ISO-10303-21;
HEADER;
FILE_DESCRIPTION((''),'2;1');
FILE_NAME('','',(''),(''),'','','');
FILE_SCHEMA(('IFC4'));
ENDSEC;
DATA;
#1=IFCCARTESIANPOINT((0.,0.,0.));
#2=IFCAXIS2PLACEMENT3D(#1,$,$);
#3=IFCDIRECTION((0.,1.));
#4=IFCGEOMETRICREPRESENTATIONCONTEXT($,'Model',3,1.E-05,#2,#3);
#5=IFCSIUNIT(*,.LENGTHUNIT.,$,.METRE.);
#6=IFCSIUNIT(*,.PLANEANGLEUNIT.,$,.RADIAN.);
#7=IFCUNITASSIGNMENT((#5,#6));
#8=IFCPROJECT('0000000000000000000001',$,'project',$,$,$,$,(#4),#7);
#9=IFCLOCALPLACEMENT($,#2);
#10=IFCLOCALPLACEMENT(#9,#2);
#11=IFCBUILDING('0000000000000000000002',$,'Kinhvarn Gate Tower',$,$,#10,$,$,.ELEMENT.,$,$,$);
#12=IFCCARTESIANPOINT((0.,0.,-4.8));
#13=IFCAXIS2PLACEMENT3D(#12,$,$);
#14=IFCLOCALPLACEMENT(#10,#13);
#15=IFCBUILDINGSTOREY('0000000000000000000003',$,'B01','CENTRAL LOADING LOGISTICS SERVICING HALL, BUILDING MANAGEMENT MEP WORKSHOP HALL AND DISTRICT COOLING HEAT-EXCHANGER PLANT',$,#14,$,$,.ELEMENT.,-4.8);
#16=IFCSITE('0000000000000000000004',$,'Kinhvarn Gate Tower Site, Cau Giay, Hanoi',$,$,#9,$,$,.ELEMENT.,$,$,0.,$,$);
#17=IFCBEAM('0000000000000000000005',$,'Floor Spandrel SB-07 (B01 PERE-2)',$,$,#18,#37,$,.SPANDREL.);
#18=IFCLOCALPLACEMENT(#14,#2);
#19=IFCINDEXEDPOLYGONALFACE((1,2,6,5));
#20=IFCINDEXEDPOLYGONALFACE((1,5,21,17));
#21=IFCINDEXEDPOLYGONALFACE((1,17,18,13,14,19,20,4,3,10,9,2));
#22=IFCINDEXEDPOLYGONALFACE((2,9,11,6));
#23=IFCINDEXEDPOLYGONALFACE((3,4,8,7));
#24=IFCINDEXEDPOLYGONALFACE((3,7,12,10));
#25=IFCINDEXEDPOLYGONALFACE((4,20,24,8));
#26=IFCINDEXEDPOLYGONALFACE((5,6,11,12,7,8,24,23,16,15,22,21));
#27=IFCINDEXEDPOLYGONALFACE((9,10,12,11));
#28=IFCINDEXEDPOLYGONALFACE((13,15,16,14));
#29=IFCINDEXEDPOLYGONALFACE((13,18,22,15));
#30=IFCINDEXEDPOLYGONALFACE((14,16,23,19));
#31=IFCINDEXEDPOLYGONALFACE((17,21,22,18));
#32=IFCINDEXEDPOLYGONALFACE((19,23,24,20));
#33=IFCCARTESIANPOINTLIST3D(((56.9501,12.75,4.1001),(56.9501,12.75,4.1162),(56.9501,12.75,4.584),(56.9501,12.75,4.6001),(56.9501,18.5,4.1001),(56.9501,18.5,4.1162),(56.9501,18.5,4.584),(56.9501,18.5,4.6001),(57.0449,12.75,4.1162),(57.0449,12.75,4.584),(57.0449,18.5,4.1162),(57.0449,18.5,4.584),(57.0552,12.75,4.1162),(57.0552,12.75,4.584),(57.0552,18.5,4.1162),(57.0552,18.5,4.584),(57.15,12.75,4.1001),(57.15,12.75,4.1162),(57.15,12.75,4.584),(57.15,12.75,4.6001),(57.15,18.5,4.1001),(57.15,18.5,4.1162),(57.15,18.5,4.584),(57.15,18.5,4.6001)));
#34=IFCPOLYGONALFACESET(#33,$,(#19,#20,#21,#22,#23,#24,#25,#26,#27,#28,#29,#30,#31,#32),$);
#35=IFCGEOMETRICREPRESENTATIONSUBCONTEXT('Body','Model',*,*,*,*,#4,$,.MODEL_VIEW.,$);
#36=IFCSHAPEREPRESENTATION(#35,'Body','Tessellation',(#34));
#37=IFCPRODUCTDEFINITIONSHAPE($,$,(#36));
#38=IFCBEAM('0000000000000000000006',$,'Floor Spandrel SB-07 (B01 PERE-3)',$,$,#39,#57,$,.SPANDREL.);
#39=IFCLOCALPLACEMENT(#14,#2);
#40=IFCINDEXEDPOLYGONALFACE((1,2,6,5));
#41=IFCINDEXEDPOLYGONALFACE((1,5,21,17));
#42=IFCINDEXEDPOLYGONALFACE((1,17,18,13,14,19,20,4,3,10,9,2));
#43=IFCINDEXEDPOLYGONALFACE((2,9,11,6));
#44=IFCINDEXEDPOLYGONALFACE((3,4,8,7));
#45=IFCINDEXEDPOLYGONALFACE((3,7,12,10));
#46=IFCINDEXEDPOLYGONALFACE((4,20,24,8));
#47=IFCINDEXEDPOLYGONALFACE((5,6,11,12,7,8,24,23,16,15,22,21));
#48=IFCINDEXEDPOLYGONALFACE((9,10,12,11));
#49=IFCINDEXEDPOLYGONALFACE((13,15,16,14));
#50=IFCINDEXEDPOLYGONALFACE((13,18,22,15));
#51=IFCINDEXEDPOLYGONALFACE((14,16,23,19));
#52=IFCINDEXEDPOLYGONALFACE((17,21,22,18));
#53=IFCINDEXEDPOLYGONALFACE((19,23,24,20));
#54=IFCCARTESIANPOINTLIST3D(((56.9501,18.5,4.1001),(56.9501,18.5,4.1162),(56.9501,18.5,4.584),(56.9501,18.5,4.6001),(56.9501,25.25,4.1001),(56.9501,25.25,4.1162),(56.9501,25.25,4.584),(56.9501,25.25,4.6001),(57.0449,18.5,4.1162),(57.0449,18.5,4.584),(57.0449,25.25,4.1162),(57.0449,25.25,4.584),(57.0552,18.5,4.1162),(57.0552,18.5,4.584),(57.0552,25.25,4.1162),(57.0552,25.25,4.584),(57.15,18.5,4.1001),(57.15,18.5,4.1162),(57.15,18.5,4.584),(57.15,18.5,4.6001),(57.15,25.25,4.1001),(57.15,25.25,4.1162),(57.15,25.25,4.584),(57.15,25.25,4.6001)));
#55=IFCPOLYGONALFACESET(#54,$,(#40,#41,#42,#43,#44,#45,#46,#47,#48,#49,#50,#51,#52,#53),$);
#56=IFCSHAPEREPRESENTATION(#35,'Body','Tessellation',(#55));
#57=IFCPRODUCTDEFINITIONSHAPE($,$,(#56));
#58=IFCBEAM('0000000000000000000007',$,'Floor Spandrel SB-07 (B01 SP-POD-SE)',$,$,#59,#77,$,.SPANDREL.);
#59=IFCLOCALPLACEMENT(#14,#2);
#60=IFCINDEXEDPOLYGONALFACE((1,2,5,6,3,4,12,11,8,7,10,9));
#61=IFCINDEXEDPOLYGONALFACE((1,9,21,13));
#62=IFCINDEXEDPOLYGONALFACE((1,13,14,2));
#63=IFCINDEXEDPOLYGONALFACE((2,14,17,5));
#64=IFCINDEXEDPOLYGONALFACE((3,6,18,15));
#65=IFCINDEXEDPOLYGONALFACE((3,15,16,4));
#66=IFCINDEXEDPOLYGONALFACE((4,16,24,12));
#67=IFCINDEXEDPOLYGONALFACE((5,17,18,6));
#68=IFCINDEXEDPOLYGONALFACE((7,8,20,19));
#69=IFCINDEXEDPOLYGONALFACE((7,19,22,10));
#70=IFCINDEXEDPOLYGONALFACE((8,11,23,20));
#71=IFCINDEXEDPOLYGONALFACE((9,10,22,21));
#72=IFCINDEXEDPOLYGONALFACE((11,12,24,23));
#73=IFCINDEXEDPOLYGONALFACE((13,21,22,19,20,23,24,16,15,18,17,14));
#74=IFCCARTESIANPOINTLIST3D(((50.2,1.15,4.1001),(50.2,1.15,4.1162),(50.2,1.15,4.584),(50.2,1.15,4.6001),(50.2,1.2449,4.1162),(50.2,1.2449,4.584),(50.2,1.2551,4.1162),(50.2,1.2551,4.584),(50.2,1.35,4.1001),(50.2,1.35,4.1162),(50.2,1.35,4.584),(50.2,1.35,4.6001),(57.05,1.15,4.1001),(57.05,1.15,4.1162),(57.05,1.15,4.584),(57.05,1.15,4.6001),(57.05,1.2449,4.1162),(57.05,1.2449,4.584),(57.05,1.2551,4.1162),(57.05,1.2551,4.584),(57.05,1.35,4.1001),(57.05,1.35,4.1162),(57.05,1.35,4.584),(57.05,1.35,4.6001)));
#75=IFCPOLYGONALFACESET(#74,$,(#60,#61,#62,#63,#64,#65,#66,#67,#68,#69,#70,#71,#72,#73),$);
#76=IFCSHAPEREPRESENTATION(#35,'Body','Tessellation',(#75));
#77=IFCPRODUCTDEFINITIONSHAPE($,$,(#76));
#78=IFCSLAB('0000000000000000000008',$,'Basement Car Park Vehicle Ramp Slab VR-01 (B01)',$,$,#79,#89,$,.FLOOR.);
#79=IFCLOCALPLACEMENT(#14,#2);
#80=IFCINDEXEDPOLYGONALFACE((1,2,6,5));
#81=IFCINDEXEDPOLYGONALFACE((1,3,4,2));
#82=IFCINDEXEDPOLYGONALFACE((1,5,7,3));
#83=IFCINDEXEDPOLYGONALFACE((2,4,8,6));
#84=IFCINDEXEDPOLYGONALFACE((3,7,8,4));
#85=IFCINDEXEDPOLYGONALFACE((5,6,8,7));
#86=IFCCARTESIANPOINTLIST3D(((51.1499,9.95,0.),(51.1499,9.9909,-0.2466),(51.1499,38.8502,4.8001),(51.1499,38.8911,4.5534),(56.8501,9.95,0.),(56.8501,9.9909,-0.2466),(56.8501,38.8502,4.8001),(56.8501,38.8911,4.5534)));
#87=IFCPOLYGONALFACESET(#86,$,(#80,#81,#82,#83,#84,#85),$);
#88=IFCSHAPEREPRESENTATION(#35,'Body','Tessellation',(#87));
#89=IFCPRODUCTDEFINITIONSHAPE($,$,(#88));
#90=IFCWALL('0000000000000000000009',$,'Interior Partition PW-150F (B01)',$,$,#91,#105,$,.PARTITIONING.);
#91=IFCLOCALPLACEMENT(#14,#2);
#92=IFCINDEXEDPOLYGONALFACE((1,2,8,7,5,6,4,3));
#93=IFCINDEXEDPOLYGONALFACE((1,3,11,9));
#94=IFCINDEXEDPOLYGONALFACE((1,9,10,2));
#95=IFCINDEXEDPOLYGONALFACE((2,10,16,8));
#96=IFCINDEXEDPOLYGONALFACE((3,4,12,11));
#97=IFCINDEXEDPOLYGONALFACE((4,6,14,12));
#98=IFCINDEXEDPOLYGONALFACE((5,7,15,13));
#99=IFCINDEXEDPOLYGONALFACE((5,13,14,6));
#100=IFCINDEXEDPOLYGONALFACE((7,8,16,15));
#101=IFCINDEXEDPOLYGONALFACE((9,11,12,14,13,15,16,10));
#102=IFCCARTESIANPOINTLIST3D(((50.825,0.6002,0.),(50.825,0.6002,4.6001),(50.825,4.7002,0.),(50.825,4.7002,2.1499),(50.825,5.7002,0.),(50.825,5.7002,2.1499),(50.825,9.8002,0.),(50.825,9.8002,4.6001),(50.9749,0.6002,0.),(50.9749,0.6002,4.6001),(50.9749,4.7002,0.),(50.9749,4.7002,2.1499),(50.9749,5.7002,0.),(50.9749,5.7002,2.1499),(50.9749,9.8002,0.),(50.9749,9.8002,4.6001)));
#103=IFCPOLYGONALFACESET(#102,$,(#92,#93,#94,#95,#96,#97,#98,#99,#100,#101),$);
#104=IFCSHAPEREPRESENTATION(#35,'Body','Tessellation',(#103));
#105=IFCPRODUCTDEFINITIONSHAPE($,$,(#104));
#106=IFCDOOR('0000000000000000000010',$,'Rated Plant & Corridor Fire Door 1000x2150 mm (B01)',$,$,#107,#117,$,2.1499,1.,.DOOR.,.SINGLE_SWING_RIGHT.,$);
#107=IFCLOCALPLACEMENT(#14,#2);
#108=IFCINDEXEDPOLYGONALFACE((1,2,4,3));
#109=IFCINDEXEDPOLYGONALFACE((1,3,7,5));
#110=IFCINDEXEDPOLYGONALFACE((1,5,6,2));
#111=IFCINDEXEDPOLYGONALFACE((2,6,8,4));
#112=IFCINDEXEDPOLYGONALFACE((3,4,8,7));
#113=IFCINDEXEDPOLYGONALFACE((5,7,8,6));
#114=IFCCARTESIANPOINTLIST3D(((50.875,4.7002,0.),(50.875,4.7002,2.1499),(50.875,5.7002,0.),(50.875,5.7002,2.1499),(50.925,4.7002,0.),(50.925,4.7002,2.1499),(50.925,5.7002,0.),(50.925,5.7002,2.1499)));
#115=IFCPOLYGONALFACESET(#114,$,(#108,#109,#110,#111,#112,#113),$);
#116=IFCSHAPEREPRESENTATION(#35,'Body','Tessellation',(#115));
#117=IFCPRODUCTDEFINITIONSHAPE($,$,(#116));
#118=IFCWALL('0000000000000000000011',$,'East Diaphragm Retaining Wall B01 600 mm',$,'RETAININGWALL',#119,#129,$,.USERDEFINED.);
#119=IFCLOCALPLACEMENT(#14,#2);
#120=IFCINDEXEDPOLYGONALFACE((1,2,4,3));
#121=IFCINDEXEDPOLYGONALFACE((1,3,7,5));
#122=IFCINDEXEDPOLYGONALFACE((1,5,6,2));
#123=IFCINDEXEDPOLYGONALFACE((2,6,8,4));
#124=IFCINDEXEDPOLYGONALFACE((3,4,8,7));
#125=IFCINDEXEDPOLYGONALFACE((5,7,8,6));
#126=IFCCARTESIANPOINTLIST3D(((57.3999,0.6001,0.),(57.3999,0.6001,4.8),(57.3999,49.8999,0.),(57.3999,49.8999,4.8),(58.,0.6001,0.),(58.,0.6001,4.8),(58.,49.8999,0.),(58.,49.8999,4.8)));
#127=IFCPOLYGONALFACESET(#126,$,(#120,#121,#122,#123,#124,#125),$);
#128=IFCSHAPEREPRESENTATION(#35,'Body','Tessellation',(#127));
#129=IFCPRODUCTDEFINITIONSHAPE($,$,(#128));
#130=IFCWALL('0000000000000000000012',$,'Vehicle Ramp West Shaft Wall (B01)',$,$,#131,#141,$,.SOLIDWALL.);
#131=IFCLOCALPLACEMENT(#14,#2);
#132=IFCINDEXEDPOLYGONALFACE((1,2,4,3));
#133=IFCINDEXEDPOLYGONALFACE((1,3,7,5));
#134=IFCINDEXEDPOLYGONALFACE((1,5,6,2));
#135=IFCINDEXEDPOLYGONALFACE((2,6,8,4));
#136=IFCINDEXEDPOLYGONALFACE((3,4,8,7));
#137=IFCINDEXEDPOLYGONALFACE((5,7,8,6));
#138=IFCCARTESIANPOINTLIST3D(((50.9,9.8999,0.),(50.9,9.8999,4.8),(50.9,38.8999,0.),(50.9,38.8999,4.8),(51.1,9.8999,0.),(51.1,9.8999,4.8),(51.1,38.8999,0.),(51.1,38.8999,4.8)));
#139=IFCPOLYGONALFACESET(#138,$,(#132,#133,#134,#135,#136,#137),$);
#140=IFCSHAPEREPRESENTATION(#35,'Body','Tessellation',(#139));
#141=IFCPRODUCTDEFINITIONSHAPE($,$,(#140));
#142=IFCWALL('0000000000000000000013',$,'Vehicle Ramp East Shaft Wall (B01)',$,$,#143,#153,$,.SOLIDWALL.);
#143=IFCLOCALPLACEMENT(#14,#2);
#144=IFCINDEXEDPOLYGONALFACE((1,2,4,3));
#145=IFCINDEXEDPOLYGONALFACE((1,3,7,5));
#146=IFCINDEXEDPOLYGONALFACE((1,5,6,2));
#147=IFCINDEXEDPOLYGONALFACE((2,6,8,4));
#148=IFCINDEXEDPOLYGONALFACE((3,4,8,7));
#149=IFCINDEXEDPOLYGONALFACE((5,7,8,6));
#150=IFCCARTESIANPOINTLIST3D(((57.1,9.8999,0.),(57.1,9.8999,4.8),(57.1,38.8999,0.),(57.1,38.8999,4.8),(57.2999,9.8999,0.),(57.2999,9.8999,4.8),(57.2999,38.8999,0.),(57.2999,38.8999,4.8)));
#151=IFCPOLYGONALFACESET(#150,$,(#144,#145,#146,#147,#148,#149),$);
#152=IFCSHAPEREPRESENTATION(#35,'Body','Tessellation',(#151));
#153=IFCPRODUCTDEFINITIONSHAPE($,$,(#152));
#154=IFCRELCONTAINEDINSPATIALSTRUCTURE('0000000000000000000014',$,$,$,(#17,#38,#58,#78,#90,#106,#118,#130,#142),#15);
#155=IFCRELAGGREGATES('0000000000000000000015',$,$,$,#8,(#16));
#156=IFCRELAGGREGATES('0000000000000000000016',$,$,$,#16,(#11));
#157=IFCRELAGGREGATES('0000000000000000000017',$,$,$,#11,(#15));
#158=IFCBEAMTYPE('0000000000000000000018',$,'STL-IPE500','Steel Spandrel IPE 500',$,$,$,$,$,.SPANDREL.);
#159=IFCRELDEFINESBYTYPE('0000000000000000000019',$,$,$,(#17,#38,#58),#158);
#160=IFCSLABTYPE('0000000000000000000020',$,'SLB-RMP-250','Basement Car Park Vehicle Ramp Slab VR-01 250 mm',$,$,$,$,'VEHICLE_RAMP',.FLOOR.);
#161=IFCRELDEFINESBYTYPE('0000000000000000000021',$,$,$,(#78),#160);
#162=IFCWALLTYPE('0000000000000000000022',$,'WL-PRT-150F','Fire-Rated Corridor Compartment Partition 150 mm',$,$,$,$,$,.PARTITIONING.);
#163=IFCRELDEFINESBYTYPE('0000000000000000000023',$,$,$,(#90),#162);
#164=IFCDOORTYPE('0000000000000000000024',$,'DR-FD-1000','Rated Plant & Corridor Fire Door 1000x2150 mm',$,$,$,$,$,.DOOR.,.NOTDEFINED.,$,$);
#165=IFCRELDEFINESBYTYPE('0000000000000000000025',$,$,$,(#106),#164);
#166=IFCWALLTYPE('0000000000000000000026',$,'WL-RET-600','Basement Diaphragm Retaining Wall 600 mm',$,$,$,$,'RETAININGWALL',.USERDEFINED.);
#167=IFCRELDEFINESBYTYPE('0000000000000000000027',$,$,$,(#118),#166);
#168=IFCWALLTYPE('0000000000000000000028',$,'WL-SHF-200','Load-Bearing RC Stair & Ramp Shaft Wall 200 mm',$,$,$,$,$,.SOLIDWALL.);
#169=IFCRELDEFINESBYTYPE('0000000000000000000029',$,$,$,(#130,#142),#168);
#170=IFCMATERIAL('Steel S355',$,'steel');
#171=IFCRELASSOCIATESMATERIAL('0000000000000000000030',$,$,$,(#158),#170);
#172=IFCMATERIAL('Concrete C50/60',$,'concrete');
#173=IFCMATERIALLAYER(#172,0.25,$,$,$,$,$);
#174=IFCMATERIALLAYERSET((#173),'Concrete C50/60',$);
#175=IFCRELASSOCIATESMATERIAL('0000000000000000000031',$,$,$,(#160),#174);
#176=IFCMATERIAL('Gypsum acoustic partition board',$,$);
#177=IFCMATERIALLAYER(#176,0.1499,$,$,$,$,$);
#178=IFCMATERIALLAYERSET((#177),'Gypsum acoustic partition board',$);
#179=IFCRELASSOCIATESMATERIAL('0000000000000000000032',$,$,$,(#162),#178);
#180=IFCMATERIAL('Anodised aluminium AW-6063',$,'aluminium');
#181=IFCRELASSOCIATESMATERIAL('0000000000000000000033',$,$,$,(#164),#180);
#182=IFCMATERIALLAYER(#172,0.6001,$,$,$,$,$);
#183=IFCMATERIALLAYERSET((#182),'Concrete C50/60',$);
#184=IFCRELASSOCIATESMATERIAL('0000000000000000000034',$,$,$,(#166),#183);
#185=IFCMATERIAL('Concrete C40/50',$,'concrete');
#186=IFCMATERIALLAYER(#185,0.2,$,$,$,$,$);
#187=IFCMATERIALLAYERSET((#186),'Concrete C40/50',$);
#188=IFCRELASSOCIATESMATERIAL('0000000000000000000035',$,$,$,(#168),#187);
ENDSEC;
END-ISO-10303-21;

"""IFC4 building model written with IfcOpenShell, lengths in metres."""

from ifc_helpers import new_model, si_unit, direction, frame, frame_2d, origin, origin_2d, place, context, subcontext, project, spatial, polyline, rectangle, i_section, outline, extrude, material, layer, layer_set, material_profile, profile_set, type_object, element, fill, save


model = new_model("IFC4")

# Units and contexts
model_context = context("Model", 3, precision=1e-05, world=origin(), true_north=direction((0.0, 1.0)))
body_context = subcontext(model_context, "Body", "Model", "MODEL_VIEW")
ifc_project = project(units=[si_unit("LENGTHUNIT", "METRE"), si_unit("PLANEANGLEUNIT", "RADIAN")], contexts=[model_context])

# Site, building, storey
site_placement = place(None, origin())
site = spatial("IfcSite", under=ifc_project, at=site_placement, Name="Kinhvarn Gate Tower Site, Cau Giay, Hanoi", CompositionType="ELEMENT", RefElevation=0.0)
building_placement = place(site_placement, origin())
building = spatial("IfcBuilding", under=site, at=building_placement, Name="Kinhvarn Gate Tower", CompositionType="ELEMENT")
storey_placement = place(building_placement, frame((0.0, 0.0, -4.8)))
storey = spatial("IfcBuildingStorey", under=building, at=storey_placement, Name="B01", Description="CENTRAL LOADING LOGISTICS SERVICING HALL, BUILDING MANAGEMENT MEP WORKSHOP HALL AND DISTRICT COOLING HEAT-EXCHANGER PLANT", CompositionType="ELEMENT", Elevation=-4.8)

# Beams
ifc_material_1 = material(Name="Steel S355", Category="steel")
ifc_material_profile_1 = material_profile(ifc_material_1, i_section(OverallWidth=0.2, OverallDepth=0.5, WebThickness=0.0103, FlangeThickness=0.0161, at=origin_2d()), Name="IPE 500")
ifc_profile_set_1 = profile_set([ifc_material_profile_1], Name="Steel S355")
beam_type_1 = type_object("IfcBeamType", Name="STL-IPE500", Description="Steel Spandrel IPE 500", PredefinedType="SPANDREL", material=ifc_profile_set_1)
beam_1_placement = place(storey_placement, frame((57.05, 12.75, 4.3501), z_axis=(0.0, 1.0, 0.0), x_axis=(-1.0, 0.0, 0.0)))
element("IfcBeam", 1, at=beam_1_placement, inside=storey, type_object=beam_type_1, Name="Floor Spandrel SB-07 (B01 PERE-2)", PredefinedType="SPANDREL", context=body_context, shape_type="SweptSolid", body=[
    extrude(i_section(OverallWidth=0.2, OverallDepth=0.5, WebThickness=0.0103, FlangeThickness=0.0161, at=origin_2d()), origin(), (0.0, 0.0, 1.0), 5.75),
])
beam_2_placement = place(storey_placement, frame((57.05, 18.5, 4.3501), z_axis=(0.0, 1.0, 0.0), x_axis=(-1.0, 0.0, 0.0)))
element("IfcBeam", 2, at=beam_2_placement, inside=storey, type_object=beam_type_1, Name="Floor Spandrel SB-07 (B01 PERE-3)", PredefinedType="SPANDREL", context=body_context, shape_type="SweptSolid", body=[
    extrude(i_section(OverallWidth=0.2, OverallDepth=0.5, WebThickness=0.0103, FlangeThickness=0.0161, at=origin_2d()), origin(), (0.0, 0.0, 1.0), 6.75),
])
beam_3_placement = place(storey_placement, frame((50.2, 1.25, 4.3501), z_axis=(1.0, 0.0, 0.0), x_axis=(0.0, 1.0, 0.0)))
element("IfcBeam", 3, at=beam_3_placement, inside=storey, type_object=beam_type_1, Name="Floor Spandrel SB-07 (B01 SP-POD-SE)", PredefinedType="SPANDREL", context=body_context, shape_type="SweptSolid", body=[
    extrude(i_section(OverallWidth=0.2, OverallDepth=0.5, WebThickness=0.0103, FlangeThickness=0.0161, at=origin_2d()), origin(), (0.0, 0.0, 1.0), 6.8501),
])

# Slab
ifc_material_2 = material(Name="Concrete C50/60", Category="concrete")
ifc_layer_1 = layer(ifc_material_2, 0.25)
ifc_layer_set_1 = layer_set([ifc_layer_1], Name="Concrete C50/60")
slab_type = type_object("IfcSlabType", Name="SLB-RMP-250", Description="Basement Car Park Vehicle Ramp Slab VR-01 250 mm", ElementType="VEHICLE_RAMP", PredefinedType="FLOOR", material=ifc_layer_set_1)
slab_placement = place(storey_placement, frame((51.1499, 9.95, 0.0), z_axis=(0.0, -0.163846, 0.986486), x_axis=(1.0, 0.0, 0.0)))
element("IfcSlab", 4, at=slab_placement, inside=storey, type_object=slab_type, Name="Basement Car Park Vehicle Ramp Slab VR-01 (B01)", PredefinedType="FLOOR", context=body_context, shape_type="SweptSolid", body=[
    extrude(outline(polyline([(0.0, 0.0), (5.7002, 0.0), (5.7002, 29.2961), (0.0, 29.2961), (0.0, 0.0)])), origin(), (0.0, 0.0, -1.0), 0.25),
])

# Wall, opening, door
ifc_material_3 = material(Name="Gypsum acoustic partition board")
ifc_layer_2 = layer(ifc_material_3, 0.1499)
ifc_layer_set_2 = layer_set([ifc_layer_2], Name="Gypsum acoustic partition board")
wall_type_1 = type_object("IfcWallType", Name="WL-PRT-150F", Description="Fire-Rated Corridor Compartment Partition 150 mm", PredefinedType="PARTITIONING", material=ifc_layer_set_2)
wall_1_placement = place(storey_placement, frame((50.8999, 0.6001, 0.0), z_axis=(0.0, 0.0, 1.0), x_axis=(0.0, 1.0, 0.0)))
wall_1 = element("IfcWall", 5, at=wall_1_placement, inside=storey, type_object=wall_type_1, Name="Interior Partition PW-150F (B01)", PredefinedType="PARTITIONING", context=body_context, shape_type="SweptSolid", body=[
    extrude(rectangle(XDim=9.2, YDim=0.1499, at=frame_2d((4.6001, 0.0))), origin(), (0.0, 0.0, 1.0), 4.6001),
])
opening_placement = place(wall_1_placement, frame((4.1001, 0.0, 0.0)))
opening = element("IfcOpeningElement", 6, at=opening_placement, cuts=wall_1, PredefinedType="OPENING", context=body_context, shape_type="SweptSolid", body=[
    extrude(rectangle(XDim=1.0, YDim=2.1499, at=frame_2d((0.5, 1.075))), frame((0.0, 0.085, 0.0), z_axis=(0.0, -1.0, 0.0), x_axis=(1.0, 0.0, 0.0)), (0.0, 0.0, 1.0), 0.1699),
])
ifc_material_4 = material(Name="Anodised aluminium AW-6063", Category="aluminium")
door_type = type_object("IfcDoorType", Name="DR-FD-1000", Description="Rated Plant & Corridor Fire Door 1000x2150 mm", OperationType="NOTDEFINED", PredefinedType="DOOR", material=ifc_material_4)
door_placement = place(opening_placement, origin())
door = element("IfcDoor", 7, at=door_placement, inside=storey, type_object=door_type, Name="Rated Plant & Corridor Fire Door 1000x2150 mm (B01)", OperationType="SINGLE_SWING_RIGHT", OverallHeight=2.1499, OverallWidth=1.0, PredefinedType="DOOR", context=body_context, shape_type="SweptSolid", body=[
    extrude(rectangle(XDim=1.0, YDim=2.1499, at=frame_2d((0.5, 1.075))), frame((0.0, 0.0249, 0.0), z_axis=(0.0, -1.0, 0.0), x_axis=(1.0, 0.0, 0.0)), (0.0, 0.0, 1.0), 0.05),
])
fill(opening, door)

# Walls
ifc_layer_3 = layer(ifc_material_2, 0.6001)
ifc_layer_set_3 = layer_set([ifc_layer_3], Name="Concrete C50/60")
wall_type_2 = type_object("IfcWallType", Name="WL-RET-600", Description="Basement Diaphragm Retaining Wall 600 mm", ElementType="RETAININGWALL", PredefinedType="USERDEFINED", material=ifc_layer_set_3)
wall_2_placement = place(storey_placement, frame((57.7, 0.6001, 0.0), z_axis=(0.0, 0.0, 1.0), x_axis=(0.0, 1.0, 0.0)))
element("IfcWall", 8, at=wall_2_placement, inside=storey, type_object=wall_type_2, Name="East Diaphragm Retaining Wall B01 600 mm", ObjectType="RETAININGWALL", PredefinedType="USERDEFINED", context=body_context, shape_type="SweptSolid", body=[
    extrude(rectangle(XDim=49.2998, YDim=0.6001, at=frame_2d((24.6499, 0.0))), origin(), (0.0, 0.0, 1.0), 4.8),
])
ifc_material_5 = material(Name="Concrete C40/50", Category="concrete")
ifc_layer_4 = layer(ifc_material_5, 0.2)
ifc_layer_set_4 = layer_set([ifc_layer_4], Name="Concrete C40/50")
wall_type_3 = type_object("IfcWallType", Name="WL-SHF-200", Description="Load-Bearing RC Stair & Ramp Shaft Wall 200 mm", PredefinedType="SOLIDWALL", material=ifc_layer_set_4)
for number, where, z_axis, x_axis, name in (
    (9, (51.0, 9.8999, 0.0), (0.0, 0.0, 1.0), (0.0, 1.0, 0.0), "Vehicle Ramp West Shaft Wall (B01)"),
    (10, (57.2, 9.8999, 0.0), (0.0, 0.0, 1.0), (0.0, 1.0, 0.0), "Vehicle Ramp East Shaft Wall (B01)"),
):
    element("IfcWall", number, at=place(storey_placement, frame(where, z_axis=z_axis, x_axis=x_axis)), inside=storey, type_object=wall_type_3, Name=name, PredefinedType="SOLIDWALL", context=body_context, shape_type="SweptSolid", body=[
        extrude(rectangle(XDim=29.0, YDim=0.2, at=frame_2d((14.5, 0.0))), origin(), (0.0, 0.0, 1.0), 4.8),
    ])

save(model, "model.ifc")
